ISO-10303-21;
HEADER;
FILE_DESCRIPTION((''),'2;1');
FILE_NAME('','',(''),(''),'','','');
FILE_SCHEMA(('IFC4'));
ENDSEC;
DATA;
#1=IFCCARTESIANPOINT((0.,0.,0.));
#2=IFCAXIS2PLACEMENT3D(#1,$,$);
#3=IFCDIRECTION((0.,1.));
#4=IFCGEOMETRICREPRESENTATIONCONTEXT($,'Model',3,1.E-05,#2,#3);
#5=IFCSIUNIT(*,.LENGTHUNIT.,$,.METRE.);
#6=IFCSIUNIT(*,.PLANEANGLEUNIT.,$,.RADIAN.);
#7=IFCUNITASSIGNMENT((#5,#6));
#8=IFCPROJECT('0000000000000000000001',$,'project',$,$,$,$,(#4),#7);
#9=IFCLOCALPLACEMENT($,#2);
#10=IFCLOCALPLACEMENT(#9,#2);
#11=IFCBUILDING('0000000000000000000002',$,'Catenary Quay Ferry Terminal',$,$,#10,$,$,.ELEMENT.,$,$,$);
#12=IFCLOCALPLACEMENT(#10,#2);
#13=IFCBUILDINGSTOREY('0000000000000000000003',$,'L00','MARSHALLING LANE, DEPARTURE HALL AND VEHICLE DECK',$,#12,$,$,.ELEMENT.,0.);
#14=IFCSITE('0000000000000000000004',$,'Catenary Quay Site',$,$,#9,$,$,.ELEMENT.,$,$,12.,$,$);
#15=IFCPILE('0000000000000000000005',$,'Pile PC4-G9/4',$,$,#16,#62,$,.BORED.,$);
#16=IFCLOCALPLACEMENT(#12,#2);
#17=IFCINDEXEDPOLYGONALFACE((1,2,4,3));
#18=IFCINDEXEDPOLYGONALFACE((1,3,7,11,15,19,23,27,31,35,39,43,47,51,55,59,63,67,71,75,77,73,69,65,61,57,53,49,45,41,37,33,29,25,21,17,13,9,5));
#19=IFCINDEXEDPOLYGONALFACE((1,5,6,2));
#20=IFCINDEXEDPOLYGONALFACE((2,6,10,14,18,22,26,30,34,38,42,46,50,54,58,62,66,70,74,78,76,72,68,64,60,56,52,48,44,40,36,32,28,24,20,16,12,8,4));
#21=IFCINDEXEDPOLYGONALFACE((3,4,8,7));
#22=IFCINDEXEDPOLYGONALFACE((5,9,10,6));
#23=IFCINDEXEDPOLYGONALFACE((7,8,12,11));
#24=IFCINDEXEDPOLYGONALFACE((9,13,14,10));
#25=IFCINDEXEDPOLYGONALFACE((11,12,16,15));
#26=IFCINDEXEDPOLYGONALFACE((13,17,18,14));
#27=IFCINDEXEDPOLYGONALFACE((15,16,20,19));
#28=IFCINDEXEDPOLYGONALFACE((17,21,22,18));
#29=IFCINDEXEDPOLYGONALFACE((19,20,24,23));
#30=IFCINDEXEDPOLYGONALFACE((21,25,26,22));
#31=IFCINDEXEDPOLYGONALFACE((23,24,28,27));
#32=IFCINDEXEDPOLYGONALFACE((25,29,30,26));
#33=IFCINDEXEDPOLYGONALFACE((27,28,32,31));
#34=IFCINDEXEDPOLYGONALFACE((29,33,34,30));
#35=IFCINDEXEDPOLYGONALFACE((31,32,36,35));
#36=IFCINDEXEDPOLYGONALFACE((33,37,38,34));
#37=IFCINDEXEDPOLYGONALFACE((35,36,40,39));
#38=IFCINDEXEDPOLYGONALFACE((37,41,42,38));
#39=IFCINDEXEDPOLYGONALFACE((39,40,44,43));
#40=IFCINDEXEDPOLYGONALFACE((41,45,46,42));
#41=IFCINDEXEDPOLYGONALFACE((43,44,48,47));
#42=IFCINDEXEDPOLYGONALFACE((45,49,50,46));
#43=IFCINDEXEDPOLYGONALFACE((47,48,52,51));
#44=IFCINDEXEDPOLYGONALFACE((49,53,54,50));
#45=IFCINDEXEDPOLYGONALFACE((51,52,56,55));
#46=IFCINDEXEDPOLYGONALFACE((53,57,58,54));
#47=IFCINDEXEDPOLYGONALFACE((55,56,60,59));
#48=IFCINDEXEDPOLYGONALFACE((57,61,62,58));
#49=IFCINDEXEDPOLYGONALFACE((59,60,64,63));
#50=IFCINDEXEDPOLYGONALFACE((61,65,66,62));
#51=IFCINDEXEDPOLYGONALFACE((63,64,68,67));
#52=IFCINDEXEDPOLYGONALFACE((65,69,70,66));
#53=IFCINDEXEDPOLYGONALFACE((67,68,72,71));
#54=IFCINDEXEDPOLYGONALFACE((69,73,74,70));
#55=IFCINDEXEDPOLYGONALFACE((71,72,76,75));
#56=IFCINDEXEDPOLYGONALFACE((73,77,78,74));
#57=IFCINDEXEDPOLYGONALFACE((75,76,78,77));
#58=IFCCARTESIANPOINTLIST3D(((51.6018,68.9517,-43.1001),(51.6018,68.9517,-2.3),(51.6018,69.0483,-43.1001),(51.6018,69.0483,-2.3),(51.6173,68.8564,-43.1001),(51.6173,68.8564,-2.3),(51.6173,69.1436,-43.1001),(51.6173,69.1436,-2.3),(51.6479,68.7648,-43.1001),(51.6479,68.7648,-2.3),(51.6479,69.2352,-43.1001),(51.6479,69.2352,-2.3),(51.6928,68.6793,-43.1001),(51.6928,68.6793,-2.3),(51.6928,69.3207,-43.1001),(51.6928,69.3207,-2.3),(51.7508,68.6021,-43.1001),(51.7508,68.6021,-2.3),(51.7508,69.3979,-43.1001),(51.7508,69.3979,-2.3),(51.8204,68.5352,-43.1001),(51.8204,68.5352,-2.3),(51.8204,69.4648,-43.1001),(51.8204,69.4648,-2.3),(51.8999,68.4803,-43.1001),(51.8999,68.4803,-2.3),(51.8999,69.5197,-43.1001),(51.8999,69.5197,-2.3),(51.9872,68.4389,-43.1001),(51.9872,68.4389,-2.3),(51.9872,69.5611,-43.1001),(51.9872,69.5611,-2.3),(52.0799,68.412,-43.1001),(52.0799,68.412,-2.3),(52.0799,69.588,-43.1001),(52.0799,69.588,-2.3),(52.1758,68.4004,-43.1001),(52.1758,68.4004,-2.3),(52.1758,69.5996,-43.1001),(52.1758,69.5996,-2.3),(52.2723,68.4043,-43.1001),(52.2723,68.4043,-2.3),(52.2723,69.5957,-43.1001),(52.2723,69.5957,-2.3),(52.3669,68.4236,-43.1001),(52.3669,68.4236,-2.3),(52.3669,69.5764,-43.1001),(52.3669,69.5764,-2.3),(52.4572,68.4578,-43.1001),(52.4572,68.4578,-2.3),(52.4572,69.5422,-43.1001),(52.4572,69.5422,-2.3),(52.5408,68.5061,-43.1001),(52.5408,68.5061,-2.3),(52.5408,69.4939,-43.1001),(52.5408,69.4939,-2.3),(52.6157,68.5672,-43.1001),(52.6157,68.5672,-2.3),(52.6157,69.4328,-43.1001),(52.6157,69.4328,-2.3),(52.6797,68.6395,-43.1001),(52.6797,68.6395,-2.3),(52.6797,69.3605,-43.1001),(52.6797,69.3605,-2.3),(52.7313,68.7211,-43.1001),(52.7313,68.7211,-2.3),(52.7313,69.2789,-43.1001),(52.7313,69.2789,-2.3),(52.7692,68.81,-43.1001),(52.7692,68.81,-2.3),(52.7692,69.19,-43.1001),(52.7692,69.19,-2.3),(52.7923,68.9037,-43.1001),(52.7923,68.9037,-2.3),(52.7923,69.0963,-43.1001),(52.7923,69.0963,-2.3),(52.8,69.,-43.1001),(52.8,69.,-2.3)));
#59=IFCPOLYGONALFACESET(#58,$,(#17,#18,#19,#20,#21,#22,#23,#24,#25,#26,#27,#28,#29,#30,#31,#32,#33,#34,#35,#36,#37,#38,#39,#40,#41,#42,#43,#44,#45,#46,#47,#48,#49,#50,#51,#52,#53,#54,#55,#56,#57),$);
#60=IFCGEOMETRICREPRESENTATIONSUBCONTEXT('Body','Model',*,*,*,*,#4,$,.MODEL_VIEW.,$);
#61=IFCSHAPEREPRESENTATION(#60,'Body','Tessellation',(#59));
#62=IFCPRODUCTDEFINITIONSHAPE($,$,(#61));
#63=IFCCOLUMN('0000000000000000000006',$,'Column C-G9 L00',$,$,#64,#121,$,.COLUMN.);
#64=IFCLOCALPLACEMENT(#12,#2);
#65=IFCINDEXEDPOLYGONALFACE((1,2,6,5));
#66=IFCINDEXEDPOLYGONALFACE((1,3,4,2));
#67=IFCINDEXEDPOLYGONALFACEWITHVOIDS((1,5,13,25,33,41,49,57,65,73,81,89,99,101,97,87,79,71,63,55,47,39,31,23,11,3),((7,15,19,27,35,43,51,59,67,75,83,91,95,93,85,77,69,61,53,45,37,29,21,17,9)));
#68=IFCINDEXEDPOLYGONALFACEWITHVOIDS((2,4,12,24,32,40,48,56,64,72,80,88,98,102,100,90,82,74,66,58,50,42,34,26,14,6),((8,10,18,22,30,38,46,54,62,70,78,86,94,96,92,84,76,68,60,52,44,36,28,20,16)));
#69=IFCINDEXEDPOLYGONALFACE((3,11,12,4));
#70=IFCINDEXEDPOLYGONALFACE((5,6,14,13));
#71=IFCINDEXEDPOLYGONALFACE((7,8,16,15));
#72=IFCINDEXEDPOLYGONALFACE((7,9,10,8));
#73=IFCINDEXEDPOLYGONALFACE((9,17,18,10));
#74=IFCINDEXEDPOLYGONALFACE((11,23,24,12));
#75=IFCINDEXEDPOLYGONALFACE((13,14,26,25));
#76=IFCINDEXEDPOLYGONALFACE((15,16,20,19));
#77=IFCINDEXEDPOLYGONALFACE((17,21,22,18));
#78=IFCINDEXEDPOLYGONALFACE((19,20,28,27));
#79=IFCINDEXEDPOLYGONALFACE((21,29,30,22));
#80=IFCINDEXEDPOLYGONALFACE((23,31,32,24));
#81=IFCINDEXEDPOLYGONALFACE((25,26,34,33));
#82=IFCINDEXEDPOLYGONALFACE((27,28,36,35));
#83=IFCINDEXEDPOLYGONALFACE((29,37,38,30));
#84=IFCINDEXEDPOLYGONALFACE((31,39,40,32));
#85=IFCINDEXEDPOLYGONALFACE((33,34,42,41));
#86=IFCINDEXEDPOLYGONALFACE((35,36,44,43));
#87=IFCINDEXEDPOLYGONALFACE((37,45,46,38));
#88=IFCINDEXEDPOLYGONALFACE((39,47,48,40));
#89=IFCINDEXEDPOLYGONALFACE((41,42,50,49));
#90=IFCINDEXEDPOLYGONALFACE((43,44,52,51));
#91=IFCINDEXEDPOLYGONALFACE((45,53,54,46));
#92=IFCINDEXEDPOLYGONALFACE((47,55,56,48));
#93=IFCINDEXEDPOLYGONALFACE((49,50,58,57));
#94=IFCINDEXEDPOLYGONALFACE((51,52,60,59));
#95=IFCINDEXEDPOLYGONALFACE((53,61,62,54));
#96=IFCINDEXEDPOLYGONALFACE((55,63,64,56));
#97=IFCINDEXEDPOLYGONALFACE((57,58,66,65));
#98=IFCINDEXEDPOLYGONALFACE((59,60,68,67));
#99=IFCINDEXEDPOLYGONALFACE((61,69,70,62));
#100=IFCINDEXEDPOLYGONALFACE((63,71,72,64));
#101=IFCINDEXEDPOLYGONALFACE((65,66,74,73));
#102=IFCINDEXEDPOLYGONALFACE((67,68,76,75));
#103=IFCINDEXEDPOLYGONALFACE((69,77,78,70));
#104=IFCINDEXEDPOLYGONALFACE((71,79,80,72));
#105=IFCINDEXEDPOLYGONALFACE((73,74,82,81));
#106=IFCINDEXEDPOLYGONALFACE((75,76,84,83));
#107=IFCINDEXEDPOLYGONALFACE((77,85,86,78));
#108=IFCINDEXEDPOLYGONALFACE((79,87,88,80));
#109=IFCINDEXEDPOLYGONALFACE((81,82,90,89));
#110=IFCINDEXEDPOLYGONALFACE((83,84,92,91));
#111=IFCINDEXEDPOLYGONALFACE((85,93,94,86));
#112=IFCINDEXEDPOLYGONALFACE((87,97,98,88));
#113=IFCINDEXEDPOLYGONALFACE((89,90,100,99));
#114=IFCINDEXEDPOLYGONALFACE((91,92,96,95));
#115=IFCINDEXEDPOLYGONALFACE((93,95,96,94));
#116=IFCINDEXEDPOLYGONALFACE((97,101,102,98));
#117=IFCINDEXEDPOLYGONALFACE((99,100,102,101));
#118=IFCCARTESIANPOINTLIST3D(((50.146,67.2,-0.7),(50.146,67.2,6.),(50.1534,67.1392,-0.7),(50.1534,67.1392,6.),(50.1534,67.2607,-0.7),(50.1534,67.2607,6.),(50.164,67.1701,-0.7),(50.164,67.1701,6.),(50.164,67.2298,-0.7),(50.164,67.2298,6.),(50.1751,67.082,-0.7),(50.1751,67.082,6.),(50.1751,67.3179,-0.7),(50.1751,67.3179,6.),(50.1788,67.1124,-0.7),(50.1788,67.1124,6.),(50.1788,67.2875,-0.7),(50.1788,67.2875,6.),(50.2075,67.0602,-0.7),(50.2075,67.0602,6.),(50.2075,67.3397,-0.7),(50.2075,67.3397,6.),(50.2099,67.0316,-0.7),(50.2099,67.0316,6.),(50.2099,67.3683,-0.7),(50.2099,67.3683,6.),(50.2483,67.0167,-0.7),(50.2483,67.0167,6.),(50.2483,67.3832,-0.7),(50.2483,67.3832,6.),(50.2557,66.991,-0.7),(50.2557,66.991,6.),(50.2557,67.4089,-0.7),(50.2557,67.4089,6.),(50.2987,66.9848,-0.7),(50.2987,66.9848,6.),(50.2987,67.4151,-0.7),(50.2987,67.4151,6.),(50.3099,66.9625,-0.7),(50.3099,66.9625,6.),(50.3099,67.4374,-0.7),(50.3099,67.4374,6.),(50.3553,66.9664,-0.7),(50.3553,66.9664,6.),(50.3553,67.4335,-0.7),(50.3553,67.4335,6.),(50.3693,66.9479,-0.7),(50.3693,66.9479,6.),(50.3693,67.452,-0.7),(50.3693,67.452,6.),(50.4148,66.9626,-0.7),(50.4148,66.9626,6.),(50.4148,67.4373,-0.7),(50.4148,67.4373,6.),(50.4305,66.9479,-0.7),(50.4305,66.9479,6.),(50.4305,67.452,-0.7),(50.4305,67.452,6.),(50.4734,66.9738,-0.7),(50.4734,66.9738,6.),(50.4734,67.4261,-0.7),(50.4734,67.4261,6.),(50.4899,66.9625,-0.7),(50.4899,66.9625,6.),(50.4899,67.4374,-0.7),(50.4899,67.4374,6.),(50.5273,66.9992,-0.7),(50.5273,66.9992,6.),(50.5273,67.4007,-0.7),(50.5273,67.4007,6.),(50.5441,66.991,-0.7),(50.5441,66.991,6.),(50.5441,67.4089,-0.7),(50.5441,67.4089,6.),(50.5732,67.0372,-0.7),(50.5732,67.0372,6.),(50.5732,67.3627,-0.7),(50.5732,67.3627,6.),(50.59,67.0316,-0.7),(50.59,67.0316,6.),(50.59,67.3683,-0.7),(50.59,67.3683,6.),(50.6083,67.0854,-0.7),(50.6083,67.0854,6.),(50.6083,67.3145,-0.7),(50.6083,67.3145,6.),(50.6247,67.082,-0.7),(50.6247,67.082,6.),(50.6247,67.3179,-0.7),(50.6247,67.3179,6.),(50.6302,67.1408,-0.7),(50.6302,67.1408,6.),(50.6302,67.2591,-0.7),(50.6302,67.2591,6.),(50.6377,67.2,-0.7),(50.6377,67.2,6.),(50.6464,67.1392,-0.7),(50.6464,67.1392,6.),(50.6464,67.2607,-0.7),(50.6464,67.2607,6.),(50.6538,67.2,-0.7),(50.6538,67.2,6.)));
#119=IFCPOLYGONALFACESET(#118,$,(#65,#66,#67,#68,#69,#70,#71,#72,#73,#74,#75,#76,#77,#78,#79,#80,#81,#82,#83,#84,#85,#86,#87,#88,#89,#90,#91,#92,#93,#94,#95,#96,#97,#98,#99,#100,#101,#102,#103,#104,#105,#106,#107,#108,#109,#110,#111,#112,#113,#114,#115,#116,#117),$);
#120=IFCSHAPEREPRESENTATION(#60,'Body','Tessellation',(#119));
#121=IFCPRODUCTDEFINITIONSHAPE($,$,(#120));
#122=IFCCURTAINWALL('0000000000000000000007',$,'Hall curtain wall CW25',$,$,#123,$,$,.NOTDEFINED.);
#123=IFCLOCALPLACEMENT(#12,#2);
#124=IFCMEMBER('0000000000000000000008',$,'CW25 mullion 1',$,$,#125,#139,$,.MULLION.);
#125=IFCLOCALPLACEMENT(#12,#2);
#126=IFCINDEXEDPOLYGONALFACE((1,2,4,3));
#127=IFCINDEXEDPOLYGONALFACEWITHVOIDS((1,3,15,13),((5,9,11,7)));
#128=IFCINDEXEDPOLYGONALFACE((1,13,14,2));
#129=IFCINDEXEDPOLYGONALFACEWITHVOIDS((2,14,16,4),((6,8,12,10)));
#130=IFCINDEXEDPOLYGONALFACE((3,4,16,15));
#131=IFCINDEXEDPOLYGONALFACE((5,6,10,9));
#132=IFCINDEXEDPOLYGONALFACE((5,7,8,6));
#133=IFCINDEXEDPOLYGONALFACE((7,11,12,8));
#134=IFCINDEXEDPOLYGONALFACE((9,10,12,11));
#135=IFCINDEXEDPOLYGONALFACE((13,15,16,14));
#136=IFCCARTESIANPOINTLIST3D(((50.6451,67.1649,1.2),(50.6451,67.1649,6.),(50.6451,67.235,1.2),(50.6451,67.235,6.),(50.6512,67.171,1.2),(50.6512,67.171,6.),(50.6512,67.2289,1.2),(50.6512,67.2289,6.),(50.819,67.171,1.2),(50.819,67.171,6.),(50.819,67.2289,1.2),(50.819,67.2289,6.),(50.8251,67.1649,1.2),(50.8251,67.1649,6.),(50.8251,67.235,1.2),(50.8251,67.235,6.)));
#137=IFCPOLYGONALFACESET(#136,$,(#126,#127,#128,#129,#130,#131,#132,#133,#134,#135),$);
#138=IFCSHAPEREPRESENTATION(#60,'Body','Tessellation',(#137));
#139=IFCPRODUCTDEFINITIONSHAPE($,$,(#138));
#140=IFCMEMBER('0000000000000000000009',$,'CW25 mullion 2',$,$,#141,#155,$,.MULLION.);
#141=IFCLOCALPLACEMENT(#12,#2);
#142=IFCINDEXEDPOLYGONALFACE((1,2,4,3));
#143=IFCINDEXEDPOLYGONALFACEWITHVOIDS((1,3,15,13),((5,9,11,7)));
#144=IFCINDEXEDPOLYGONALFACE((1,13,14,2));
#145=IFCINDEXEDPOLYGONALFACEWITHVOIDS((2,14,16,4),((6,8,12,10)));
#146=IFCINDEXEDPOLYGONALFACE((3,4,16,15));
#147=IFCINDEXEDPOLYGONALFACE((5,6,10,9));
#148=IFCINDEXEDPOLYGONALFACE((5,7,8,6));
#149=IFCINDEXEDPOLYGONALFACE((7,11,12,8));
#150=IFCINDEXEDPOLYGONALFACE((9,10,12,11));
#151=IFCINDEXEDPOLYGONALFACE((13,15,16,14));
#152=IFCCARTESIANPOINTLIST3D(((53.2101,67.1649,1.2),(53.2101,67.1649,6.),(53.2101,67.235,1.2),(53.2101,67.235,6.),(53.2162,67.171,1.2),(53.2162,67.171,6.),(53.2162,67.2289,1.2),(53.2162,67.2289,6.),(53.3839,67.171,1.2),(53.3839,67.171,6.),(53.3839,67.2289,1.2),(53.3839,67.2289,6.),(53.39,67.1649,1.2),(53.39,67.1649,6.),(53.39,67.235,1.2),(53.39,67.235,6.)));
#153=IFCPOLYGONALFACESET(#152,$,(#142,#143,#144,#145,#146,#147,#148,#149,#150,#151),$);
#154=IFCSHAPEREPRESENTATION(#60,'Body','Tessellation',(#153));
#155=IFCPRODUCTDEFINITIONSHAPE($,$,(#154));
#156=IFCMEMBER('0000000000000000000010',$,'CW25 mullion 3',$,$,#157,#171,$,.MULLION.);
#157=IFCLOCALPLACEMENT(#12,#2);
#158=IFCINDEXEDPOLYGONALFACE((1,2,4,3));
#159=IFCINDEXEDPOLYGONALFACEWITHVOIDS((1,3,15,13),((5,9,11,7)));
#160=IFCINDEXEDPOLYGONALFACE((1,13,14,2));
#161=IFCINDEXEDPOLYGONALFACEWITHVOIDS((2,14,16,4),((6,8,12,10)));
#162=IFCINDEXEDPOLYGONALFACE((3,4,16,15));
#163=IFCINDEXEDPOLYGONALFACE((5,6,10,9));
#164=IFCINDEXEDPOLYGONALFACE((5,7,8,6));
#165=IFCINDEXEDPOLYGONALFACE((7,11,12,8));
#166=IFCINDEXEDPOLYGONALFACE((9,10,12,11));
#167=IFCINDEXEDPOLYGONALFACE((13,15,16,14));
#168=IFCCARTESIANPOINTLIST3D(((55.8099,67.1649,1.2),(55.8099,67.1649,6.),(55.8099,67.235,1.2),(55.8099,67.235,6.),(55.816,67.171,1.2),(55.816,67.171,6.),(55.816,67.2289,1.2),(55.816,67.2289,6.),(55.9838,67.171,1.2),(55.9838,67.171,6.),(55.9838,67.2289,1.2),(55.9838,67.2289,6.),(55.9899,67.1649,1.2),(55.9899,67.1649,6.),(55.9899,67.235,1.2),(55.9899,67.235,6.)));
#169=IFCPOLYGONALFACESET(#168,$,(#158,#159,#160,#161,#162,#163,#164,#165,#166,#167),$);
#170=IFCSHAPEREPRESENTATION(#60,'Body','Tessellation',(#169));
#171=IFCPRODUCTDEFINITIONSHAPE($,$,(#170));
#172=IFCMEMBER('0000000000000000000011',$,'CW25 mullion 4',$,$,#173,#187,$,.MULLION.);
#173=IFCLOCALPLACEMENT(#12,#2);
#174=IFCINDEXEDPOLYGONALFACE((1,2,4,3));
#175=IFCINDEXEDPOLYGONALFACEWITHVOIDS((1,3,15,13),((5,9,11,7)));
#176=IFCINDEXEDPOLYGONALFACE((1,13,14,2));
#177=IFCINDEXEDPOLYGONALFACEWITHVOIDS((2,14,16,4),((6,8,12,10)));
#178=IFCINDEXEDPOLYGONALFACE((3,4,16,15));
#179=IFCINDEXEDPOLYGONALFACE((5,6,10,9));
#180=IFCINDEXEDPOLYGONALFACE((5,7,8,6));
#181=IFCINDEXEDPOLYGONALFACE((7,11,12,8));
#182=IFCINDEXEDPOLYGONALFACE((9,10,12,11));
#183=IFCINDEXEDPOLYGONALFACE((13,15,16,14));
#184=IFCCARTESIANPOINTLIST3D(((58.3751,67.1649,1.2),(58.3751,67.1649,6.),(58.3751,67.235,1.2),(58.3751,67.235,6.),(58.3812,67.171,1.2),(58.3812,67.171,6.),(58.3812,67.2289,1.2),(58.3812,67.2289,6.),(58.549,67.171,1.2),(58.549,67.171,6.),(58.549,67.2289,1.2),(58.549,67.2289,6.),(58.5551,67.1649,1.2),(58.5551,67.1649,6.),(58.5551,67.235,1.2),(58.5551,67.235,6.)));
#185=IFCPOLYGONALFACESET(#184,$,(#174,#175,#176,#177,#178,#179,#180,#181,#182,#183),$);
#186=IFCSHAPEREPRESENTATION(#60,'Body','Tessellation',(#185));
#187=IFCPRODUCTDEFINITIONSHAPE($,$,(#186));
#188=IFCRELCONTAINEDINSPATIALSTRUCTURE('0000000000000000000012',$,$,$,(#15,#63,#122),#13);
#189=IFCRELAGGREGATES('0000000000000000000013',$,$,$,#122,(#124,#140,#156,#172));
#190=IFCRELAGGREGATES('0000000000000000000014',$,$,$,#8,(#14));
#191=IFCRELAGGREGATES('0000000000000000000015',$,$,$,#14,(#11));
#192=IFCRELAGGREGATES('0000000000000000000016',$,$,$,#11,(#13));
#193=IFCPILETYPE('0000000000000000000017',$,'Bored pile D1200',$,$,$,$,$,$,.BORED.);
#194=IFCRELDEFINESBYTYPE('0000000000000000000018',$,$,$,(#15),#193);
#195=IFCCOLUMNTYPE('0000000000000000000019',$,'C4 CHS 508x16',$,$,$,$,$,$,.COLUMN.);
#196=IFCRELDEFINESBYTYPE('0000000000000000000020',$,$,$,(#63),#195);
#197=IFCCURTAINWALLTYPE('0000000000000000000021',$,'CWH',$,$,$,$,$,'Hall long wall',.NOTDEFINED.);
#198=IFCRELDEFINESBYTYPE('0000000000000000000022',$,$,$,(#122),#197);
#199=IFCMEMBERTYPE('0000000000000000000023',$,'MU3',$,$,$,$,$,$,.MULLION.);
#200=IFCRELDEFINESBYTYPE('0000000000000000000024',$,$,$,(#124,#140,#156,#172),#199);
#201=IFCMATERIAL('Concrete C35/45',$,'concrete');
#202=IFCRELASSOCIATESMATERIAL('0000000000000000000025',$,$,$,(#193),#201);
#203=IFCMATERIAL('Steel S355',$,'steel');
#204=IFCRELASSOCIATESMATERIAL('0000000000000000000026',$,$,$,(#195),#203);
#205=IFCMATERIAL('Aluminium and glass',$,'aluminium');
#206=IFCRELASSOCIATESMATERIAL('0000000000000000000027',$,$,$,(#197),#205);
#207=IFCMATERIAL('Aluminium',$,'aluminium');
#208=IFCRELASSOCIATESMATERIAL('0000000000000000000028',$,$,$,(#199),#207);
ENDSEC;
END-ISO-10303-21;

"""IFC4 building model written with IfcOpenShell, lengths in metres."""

from ifc_helpers import new_model, si_unit, direction, frame, origin, origin_2d, place, context, subcontext, project, spatial, hollow_rectangle, circle, hollow_circle, extrude, material, material_profile, profile_set, type_object, element, aggregate, save


model = new_model("IFC4")

# Units and contexts
model_context = context("Model", 3, precision=1e-05, world=origin(), true_north=direction((0.0, 1.0)))
body_context = subcontext(model_context, "Body", "Model", "MODEL_VIEW")
ifc_project = project(units=[si_unit("LENGTHUNIT", "METRE"), si_unit("PLANEANGLEUNIT", "RADIAN")], contexts=[model_context])

# Site, building, storey
site_placement = place(None, origin())
site = spatial("IfcSite", under=ifc_project, at=site_placement, Name="Catenary Quay Site", CompositionType="ELEMENT", RefElevation=12.0)
building_placement = place(site_placement, origin())
building = spatial("IfcBuilding", under=site, at=building_placement, Name="Catenary Quay Ferry Terminal", CompositionType="ELEMENT")
storey_placement = place(building_placement, origin())
storey = spatial("IfcBuildingStorey", under=building, at=storey_placement, Name="L00", Description="MARSHALLING LANE, DEPARTURE HALL AND VEHICLE DECK", CompositionType="ELEMENT", Elevation=0.0)

# Pile
ifc_material_1 = material(Name="Concrete C35/45", Category="concrete")
ifc_material_profile_1 = material_profile(ifc_material_1, circle(Radius=0.6001, at=origin_2d()), Name="D1200")
ifc_profile_set_1 = profile_set([ifc_material_profile_1], Name="Concrete C35/45")
pile_type = type_object("IfcPileType", Name="Bored pile D1200", PredefinedType="BORED", material=ifc_profile_set_1)
for number, where, z_axis, x_axis, name in (
    (1, (52.2, 69.0, -2.3), (0.0, 0.0, -1.0), (1.0, 0.0, 0.0), "Pile PC4-G9/4"),
):
    element("IfcPile", number, at=place(storey_placement, frame(where, z_axis=z_axis, x_axis=x_axis)), inside=storey, type_object=pile_type, Name=name, PredefinedType="BORED", context=body_context, shape_type="SweptSolid", body=[
        extrude(circle(Radius=0.6001, at=origin_2d()), origin(), (0.0, 0.0, 1.0), 40.8),
    ])

# Column
ifc_material_2 = material(Name="Steel S355", Category="steel")
ifc_material_profile_2 = material_profile(ifc_material_2, hollow_circle(Radius=0.2539, WallThickness=0.0161, at=origin_2d()), Name="CHS 508x16")
ifc_profile_set_2 = profile_set([ifc_material_profile_2], Name="Steel S355")
column_type = type_object("IfcColumnType", Name="C4 CHS 508x16", PredefinedType="COLUMN", material=ifc_profile_set_2)
column_placement = place(storey_placement, frame((50.3999, 67.2, -0.7), z_axis=(0.0, 0.0, 1.0), x_axis=(1.0, 0.0, 0.0)))
element("IfcColumn", 2, at=column_placement, inside=storey, type_object=column_type, Name="Column C-G9 L00", PredefinedType="COLUMN", context=body_context, shape_type="SweptSolid", body=[
    extrude(hollow_circle(Radius=0.2539, WallThickness=0.0161, at=origin_2d()), origin(), (0.0, 0.0, 1.0), 6.7),
])

# Curtain wall, members
ifc_material_3 = material(Name="Aluminium and glass", Category="aluminium")
curtain_wall_type = type_object("IfcCurtainWallType", Name="CWH", ElementType="Hall long wall", PredefinedType="NOTDEFINED", material=ifc_material_3)
curtain_wall_placement = place(storey_placement, origin())
curtain_wall = element("IfcCurtainWall", 3, at=curtain_wall_placement, inside=storey, type_object=curtain_wall_type, Name="Hall curtain wall CW25", PredefinedType="NOTDEFINED")
ifc_material_4 = material(Name="Aluminium", Category="aluminium")
ifc_material_profile_3 = material_profile(ifc_material_4, hollow_rectangle(XDim=0.0701, YDim=0.1799, WallThickness=0.0061, at=origin_2d()), Name="MU3")
ifc_profile_set_3 = profile_set([ifc_material_profile_3], Name="Aluminium")
member_type_1 = type_object("IfcMemberType", Name="MU3", PredefinedType="MULLION", material=ifc_profile_set_3)
member_1_placement = place(storey_placement, frame((50.7351, 67.2, 1.2), z_axis=(0.0, 0.0, 1.0), x_axis=(0.0, 1.0, 0.0)))
member_1 = element("IfcMember", 4, at=member_1_placement, type_object=member_type_1, Name="CW25 mullion 1", PredefinedType="MULLION", context=body_context, shape_type="SweptSolid", body=[
    extrude(hollow_rectangle(XDim=0.0701, YDim=0.1799, WallThickness=0.0061, at=origin_2d()), origin(), (0.0, 0.0, 1.0), 4.8),
])
member_2_placement = place(storey_placement, frame((53.3, 67.2, 1.2), z_axis=(0.0, 0.0, 1.0), x_axis=(0.0, 1.0, 0.0)))
member_2 = element("IfcMember", 5, at=member_2_placement, type_object=member_type_1, Name="CW25 mullion 2", PredefinedType="MULLION", context=body_context, shape_type="SweptSolid", body=[
    extrude(hollow_rectangle(XDim=0.0701, YDim=0.1799, WallThickness=0.0061, at=origin_2d()), origin(), (0.0, 0.0, 1.0), 4.8),
])
member_3_placement = place(storey_placement, frame((55.8999, 67.2, 1.2), z_axis=(0.0, 0.0, 1.0), x_axis=(0.0, 1.0, 0.0)))
member_3 = element("IfcMember", 6, at=member_3_placement, type_object=member_type_1, Name="CW25 mullion 3", PredefinedType="MULLION", context=body_context, shape_type="SweptSolid", body=[
    extrude(hollow_rectangle(XDim=0.0701, YDim=0.1799, WallThickness=0.0061, at=origin_2d()), origin(), (0.0, 0.0, 1.0), 4.8),
])
member_4_placement = place(storey_placement, frame((58.4651, 67.2, 1.2), z_axis=(0.0, 0.0, 1.0), x_axis=(0.0, 1.0, 0.0)))
member_4 = element("IfcMember", 7, at=member_4_placement, type_object=member_type_1, Name="CW25 mullion 4", PredefinedType="MULLION", context=body_context, shape_type="SweptSolid", body=[
    extrude(hollow_rectangle(XDim=0.0701, YDim=0.1799, WallThickness=0.0061, at=origin_2d()), origin(), (0.0, 0.0, 1.0), 4.8),
])
aggregate(curtain_wall, [member_1, member_2, member_3, member_4])

save(model, "model.ifc")
